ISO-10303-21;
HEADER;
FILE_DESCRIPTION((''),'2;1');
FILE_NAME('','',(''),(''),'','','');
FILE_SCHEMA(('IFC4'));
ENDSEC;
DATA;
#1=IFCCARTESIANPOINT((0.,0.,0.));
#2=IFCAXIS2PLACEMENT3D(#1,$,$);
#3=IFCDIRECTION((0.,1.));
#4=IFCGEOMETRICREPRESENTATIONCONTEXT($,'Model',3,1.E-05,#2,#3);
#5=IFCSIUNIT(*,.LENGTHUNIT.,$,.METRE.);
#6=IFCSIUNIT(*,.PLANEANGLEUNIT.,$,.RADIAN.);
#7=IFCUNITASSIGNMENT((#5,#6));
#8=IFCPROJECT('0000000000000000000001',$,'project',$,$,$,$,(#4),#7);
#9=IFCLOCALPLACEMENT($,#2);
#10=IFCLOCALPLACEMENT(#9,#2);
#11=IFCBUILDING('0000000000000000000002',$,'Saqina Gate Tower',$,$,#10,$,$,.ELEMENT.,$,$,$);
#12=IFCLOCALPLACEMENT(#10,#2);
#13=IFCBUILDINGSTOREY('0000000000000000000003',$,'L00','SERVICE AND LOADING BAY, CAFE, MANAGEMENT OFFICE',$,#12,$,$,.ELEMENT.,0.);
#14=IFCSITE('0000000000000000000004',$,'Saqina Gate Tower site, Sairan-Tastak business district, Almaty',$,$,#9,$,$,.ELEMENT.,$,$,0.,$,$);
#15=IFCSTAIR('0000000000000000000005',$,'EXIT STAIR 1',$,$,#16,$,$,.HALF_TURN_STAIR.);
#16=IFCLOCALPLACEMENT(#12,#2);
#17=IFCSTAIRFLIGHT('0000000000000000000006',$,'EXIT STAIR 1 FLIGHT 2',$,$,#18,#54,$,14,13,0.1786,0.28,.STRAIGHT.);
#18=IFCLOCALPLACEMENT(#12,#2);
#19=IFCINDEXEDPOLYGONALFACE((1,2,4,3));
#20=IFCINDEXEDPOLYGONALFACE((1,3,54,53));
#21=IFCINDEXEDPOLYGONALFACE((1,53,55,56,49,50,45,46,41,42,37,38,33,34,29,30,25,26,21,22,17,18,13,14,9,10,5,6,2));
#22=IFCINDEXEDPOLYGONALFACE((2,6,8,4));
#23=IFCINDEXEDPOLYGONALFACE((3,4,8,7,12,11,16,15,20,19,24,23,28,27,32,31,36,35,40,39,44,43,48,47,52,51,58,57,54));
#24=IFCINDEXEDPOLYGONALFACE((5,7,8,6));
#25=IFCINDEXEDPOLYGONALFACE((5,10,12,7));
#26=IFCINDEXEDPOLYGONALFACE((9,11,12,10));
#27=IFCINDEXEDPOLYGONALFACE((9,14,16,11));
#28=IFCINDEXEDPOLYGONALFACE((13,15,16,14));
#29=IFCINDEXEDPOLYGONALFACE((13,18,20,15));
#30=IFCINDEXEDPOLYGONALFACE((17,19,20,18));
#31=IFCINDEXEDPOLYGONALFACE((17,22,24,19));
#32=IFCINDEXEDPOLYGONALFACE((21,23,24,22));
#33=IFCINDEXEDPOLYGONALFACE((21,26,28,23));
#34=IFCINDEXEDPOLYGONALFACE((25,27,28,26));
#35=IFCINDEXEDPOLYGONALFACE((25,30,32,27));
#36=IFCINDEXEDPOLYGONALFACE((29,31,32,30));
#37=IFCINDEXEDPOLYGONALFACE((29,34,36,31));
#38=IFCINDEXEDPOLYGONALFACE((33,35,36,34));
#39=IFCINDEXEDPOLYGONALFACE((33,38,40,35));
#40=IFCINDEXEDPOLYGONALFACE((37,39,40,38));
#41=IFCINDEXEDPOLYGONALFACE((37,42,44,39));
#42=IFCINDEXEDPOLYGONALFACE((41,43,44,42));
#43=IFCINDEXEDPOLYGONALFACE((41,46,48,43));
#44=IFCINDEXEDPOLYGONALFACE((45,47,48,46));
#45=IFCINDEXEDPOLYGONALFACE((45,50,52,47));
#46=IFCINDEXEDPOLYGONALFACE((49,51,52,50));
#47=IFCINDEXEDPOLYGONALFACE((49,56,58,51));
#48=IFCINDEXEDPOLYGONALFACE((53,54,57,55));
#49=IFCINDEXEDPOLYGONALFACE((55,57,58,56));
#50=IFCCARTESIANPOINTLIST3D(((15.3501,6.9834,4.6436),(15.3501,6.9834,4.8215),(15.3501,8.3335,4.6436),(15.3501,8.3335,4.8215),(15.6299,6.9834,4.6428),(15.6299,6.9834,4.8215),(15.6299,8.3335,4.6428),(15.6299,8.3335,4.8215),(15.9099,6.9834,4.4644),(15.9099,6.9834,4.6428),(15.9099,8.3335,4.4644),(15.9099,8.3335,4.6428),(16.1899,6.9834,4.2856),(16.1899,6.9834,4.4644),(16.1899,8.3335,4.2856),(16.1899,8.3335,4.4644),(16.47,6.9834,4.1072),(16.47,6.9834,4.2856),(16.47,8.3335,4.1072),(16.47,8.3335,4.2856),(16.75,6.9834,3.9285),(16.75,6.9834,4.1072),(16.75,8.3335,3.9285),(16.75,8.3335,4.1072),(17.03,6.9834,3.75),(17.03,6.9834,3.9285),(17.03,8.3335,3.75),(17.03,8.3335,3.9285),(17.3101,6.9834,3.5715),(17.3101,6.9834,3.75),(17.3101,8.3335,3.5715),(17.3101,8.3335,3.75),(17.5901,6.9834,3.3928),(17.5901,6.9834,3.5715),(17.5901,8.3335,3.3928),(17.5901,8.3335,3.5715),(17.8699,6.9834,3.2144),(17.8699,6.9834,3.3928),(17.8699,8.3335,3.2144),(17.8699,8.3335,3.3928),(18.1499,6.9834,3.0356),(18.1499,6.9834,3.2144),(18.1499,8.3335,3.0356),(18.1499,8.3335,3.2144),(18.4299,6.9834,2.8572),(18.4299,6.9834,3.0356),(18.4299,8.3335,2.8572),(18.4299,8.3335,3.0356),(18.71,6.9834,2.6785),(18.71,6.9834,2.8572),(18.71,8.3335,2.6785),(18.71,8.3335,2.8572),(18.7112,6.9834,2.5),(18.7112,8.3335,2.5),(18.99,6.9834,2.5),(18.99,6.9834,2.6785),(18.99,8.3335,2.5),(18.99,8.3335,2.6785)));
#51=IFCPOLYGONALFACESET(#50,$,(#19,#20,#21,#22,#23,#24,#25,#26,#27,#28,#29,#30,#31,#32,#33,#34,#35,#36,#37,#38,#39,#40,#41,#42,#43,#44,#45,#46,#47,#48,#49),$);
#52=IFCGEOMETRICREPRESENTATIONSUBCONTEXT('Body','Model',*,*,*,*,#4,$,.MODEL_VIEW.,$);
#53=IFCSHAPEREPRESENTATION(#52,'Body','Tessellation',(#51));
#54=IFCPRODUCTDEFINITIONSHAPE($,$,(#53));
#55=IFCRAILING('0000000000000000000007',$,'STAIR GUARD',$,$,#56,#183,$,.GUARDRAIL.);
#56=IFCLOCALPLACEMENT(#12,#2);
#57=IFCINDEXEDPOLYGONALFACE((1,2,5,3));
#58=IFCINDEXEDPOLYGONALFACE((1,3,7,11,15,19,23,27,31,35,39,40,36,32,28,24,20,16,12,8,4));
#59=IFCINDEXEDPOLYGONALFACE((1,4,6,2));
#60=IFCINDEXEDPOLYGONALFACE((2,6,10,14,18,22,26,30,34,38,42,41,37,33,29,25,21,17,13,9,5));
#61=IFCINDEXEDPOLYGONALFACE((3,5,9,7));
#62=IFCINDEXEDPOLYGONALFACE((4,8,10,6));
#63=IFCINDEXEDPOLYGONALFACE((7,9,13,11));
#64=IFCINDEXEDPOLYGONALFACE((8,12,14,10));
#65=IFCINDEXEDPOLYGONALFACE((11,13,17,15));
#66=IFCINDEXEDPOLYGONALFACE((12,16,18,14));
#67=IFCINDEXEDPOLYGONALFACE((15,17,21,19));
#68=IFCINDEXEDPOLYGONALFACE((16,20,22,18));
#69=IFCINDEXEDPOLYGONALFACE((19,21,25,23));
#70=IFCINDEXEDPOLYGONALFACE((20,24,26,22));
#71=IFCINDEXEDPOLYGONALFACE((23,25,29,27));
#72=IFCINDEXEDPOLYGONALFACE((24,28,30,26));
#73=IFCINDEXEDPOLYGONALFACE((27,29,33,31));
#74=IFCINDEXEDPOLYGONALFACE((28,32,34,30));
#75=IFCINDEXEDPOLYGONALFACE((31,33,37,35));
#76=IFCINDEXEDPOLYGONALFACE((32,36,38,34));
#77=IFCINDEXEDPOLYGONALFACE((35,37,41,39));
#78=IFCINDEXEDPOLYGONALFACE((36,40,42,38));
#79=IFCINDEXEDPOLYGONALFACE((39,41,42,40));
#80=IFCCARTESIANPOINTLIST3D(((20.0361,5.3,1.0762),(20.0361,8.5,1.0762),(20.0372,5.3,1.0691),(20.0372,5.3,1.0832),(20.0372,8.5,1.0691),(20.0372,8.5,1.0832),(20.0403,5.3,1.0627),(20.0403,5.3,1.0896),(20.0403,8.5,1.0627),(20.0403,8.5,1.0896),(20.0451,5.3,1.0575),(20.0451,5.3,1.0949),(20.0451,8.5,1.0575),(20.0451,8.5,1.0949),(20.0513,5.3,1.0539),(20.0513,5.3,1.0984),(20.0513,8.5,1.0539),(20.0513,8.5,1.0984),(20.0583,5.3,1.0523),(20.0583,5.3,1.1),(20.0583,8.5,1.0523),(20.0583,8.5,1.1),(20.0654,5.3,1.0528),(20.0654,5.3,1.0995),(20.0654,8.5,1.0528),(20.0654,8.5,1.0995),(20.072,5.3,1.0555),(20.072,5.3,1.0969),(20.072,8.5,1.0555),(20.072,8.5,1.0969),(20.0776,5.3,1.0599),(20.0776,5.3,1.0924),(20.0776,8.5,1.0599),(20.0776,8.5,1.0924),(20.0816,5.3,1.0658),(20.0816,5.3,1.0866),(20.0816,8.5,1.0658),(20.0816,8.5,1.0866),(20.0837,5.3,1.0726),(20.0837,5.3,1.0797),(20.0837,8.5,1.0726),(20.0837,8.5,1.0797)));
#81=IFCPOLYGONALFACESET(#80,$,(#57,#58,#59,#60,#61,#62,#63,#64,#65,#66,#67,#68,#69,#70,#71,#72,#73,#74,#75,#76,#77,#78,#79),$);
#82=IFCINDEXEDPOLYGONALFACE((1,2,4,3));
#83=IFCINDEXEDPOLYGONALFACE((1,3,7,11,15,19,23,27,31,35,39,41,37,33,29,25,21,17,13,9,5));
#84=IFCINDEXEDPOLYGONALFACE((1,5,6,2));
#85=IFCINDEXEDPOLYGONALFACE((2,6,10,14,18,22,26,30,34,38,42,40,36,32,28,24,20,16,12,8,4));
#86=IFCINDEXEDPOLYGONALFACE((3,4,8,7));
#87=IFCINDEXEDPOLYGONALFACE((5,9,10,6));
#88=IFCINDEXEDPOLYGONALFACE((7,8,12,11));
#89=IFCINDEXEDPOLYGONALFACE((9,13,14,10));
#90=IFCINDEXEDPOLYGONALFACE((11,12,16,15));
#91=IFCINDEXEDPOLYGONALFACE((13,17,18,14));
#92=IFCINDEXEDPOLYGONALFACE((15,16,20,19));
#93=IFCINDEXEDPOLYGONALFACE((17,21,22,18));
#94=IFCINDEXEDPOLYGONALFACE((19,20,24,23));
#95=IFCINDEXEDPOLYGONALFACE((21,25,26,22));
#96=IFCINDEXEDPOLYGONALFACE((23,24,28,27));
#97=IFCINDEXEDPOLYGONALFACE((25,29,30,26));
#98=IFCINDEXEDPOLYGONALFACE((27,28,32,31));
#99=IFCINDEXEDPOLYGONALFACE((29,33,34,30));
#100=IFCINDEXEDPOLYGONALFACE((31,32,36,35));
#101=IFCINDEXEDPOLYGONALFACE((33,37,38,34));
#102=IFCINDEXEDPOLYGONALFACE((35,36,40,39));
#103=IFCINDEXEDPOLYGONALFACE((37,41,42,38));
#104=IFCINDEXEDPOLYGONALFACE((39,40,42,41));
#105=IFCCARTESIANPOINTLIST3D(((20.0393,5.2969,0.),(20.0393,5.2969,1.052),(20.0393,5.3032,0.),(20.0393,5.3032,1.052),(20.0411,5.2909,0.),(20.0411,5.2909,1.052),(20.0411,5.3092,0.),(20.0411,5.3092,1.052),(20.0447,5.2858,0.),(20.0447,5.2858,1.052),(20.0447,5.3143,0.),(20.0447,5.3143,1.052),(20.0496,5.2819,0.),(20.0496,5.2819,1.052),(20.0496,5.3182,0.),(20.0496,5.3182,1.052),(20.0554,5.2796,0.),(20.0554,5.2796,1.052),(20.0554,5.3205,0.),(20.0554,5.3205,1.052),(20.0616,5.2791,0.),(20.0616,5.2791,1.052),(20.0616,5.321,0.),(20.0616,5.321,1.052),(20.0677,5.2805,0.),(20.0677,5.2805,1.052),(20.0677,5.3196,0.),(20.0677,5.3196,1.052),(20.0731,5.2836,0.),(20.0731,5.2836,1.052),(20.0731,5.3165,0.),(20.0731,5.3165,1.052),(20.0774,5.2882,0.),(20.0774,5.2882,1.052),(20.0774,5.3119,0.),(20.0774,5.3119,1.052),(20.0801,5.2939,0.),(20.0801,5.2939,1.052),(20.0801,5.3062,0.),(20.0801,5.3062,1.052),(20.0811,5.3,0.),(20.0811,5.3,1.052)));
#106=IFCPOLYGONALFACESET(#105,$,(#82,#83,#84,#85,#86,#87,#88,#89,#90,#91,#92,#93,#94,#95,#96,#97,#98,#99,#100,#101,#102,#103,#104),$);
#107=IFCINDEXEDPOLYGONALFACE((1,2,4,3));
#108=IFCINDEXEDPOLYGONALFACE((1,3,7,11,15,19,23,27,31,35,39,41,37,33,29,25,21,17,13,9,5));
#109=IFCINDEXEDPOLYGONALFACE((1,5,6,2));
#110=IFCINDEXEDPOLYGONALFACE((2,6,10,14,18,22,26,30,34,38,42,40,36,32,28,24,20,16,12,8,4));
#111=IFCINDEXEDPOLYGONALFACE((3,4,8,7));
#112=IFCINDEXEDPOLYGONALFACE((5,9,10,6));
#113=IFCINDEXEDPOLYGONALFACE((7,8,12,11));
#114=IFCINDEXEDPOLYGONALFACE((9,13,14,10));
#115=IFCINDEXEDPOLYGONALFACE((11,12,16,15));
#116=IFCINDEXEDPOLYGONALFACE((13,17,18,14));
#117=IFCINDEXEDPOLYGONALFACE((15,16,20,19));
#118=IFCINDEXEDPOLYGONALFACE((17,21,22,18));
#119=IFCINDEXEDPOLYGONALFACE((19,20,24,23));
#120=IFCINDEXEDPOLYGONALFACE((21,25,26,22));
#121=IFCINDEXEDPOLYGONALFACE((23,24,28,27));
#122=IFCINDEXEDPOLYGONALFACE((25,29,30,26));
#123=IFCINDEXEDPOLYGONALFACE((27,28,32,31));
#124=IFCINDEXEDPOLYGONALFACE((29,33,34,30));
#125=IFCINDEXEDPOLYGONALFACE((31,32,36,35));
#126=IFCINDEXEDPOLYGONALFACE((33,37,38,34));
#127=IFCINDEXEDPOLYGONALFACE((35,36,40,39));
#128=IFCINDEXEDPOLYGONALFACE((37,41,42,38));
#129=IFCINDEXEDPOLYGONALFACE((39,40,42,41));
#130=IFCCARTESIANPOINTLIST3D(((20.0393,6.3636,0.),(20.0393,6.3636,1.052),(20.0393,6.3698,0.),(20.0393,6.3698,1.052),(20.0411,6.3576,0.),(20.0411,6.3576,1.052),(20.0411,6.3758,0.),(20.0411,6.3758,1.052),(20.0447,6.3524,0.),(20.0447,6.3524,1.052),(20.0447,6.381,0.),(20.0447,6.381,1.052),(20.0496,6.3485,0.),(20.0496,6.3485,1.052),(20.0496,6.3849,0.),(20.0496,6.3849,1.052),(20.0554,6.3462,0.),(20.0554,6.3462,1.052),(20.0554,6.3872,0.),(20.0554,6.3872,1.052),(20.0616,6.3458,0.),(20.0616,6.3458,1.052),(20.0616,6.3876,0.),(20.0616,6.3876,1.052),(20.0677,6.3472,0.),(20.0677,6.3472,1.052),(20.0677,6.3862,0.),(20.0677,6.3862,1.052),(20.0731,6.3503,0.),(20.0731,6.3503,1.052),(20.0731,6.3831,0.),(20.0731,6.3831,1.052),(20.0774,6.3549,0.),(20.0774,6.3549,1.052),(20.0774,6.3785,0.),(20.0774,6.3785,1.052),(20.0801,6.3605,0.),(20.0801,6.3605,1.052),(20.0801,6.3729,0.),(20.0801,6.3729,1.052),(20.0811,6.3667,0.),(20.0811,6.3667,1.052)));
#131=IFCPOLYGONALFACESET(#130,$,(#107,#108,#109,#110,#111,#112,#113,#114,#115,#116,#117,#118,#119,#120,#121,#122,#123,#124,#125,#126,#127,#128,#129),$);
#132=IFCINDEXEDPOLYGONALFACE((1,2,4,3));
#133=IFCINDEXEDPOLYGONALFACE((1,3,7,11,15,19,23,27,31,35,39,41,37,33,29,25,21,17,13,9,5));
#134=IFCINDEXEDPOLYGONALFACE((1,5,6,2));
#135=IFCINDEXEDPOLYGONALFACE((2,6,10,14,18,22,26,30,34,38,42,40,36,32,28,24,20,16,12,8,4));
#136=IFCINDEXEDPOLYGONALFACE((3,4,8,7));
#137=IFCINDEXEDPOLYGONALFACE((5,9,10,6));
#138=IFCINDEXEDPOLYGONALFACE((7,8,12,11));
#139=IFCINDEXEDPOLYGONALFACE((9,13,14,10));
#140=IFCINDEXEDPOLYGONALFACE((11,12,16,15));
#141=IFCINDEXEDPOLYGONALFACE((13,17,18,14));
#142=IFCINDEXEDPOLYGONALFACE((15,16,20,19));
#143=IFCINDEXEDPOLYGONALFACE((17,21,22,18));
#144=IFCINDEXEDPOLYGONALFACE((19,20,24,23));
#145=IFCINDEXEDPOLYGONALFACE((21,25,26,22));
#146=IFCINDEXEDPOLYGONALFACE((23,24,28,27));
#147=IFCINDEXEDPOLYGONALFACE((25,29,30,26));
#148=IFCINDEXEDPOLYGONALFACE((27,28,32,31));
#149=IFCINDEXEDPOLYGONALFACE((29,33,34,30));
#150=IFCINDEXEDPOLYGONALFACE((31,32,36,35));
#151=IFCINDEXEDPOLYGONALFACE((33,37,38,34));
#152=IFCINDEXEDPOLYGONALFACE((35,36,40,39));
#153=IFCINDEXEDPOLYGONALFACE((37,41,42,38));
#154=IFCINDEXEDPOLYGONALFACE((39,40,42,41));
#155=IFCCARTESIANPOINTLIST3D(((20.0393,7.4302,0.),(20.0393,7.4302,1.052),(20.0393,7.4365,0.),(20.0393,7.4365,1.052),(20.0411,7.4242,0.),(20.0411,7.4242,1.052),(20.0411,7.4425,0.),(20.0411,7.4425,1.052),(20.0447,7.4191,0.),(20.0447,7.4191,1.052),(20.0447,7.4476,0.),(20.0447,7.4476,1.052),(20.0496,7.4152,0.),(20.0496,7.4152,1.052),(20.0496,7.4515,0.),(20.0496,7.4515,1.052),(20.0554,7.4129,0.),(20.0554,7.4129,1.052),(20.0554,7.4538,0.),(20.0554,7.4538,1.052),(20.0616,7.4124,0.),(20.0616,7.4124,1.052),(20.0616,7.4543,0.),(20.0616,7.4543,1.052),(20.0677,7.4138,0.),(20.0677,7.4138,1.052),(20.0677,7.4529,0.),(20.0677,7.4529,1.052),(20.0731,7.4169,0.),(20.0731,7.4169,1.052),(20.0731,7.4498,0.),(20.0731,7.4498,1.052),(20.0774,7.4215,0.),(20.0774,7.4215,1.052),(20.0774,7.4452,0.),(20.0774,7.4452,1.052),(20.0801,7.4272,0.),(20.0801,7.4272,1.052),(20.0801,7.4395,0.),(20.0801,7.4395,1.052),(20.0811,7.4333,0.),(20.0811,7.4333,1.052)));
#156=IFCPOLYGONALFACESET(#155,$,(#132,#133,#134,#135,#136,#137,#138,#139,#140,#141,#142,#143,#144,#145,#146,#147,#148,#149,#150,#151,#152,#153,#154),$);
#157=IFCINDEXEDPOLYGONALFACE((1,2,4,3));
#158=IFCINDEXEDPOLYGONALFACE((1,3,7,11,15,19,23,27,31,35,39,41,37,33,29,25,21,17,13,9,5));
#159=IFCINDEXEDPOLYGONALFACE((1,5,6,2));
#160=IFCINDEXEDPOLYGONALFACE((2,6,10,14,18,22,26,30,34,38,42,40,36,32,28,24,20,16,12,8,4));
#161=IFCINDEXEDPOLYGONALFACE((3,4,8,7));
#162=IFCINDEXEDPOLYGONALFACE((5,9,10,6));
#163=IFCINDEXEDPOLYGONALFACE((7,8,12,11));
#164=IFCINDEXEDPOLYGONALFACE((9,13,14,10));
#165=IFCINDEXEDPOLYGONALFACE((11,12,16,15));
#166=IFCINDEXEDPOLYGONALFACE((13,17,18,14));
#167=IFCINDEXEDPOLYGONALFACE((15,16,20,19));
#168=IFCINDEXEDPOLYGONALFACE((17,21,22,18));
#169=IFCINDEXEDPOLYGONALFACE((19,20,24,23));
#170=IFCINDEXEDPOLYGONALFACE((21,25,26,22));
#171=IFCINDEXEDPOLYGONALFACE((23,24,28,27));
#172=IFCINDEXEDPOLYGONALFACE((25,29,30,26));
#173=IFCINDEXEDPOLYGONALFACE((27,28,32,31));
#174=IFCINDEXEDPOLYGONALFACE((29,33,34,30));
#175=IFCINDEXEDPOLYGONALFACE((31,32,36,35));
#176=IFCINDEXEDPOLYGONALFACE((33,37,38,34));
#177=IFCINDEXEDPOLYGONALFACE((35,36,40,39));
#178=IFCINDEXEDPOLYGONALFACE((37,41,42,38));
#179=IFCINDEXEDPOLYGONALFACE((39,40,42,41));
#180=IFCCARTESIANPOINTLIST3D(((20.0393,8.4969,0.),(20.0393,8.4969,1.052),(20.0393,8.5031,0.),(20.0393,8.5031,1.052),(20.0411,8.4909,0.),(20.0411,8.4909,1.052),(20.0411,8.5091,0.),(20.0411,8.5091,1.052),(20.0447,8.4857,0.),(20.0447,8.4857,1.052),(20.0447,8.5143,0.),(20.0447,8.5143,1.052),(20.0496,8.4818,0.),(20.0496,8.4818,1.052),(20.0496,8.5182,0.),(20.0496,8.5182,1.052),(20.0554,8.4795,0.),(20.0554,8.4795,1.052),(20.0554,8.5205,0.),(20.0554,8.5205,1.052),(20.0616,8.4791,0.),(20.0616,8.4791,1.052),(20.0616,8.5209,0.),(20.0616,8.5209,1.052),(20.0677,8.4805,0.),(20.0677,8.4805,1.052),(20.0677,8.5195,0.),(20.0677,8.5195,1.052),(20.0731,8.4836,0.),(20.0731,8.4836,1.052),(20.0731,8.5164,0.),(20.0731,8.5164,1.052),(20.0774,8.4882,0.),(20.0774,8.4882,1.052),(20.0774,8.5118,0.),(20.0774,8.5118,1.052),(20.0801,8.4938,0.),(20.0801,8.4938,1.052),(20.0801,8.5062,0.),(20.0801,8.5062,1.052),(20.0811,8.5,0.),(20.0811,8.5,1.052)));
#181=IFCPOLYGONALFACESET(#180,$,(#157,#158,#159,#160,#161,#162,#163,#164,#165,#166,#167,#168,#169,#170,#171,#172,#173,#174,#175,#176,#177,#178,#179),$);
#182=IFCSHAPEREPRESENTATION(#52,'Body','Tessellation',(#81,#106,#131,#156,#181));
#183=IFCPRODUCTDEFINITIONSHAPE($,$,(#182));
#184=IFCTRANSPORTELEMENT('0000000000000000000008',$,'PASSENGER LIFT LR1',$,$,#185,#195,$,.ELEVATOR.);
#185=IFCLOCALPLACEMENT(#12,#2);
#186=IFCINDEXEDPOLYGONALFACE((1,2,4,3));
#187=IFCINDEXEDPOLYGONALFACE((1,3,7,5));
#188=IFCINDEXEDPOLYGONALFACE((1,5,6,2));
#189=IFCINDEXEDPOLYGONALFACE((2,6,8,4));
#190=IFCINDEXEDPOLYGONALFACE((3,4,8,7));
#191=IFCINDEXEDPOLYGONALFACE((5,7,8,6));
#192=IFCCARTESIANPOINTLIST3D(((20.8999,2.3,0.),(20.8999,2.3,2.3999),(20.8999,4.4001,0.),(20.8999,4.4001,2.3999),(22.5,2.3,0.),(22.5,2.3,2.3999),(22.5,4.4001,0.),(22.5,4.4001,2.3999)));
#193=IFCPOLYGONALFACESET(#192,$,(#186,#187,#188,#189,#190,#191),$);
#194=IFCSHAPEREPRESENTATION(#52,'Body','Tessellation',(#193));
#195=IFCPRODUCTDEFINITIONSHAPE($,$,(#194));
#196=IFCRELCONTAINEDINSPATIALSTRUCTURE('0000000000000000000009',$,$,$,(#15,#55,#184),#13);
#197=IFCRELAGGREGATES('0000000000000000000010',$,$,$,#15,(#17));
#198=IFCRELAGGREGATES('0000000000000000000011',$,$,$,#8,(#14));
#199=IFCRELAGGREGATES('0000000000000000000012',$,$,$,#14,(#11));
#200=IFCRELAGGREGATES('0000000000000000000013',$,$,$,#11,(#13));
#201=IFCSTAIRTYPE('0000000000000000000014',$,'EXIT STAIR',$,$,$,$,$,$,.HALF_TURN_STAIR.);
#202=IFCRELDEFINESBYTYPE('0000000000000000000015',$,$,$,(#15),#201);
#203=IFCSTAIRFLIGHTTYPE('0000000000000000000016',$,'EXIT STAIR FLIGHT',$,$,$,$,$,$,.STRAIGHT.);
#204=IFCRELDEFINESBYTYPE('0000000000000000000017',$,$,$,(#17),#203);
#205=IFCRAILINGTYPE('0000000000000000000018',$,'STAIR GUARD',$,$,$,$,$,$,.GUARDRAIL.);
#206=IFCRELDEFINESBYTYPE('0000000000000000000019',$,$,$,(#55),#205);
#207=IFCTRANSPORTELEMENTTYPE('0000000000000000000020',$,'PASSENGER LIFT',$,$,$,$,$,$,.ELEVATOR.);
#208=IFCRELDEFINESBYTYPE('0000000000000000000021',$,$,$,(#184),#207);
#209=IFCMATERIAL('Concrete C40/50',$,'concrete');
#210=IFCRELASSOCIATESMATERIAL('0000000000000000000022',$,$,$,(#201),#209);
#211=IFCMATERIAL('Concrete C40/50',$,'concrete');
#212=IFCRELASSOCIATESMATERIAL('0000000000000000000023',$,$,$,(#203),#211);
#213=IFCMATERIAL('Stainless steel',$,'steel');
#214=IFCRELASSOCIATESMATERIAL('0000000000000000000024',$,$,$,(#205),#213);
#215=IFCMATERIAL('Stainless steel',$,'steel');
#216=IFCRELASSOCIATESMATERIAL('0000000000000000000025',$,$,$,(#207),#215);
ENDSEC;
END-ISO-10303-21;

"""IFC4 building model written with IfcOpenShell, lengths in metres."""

from ifc_helpers import new_model, si_unit, direction, frame, origin, origin_2d, place, context, subcontext, project, spatial, polyline, rectangle, circle, outline, extrude, material, type_object, element, aggregate, save


model = new_model("IFC4")

# Units and contexts
model_context = context("Model", 3, precision=1e-05, world=origin(), true_north=direction((0.0, 1.0)))
body_context = subcontext(model_context, "Body", "Model", "MODEL_VIEW")
ifc_project = project(units=[si_unit("LENGTHUNIT", "METRE"), si_unit("PLANEANGLEUNIT", "RADIAN")], contexts=[model_context])

# Site, building, storey
site_placement = place(None, origin())
site = spatial("IfcSite", under=ifc_project, at=site_placement, Name="Saqina Gate Tower site, Sairan-Tastak business district, Almaty", CompositionType="ELEMENT", RefElevation=0.0)
building_placement = place(site_placement, origin())
building = spatial("IfcBuilding", under=site, at=building_placement, Name="Saqina Gate Tower", CompositionType="ELEMENT")
storey_placement = place(building_placement, origin())
storey = spatial("IfcBuildingStorey", under=building, at=storey_placement, Name="L00", Description="SERVICE AND LOADING BAY, CAFE, MANAGEMENT OFFICE", CompositionType="ELEMENT", Elevation=0.0)

# Stair, stair flight
ifc_material_1 = material(Name="Concrete C40/50", Category="concrete")
stair_type = type_object("IfcStairType", Name="EXIT STAIR", PredefinedType="HALF_TURN_STAIR", material=ifc_material_1)
stair_placement = place(storey_placement, origin())
stair = element("IfcStair", 1, at=stair_placement, inside=storey, type_object=stair_type, Name="EXIT STAIR 1", PredefinedType="HALF_TURN_STAIR")
ifc_material_2 = material(Name="Concrete C40/50", Category="concrete")
stair_flight_type = type_object("IfcStairFlightType", Name="EXIT STAIR FLIGHT", PredefinedType="STRAIGHT", material=ifc_material_2)
stair_flight_placement = place(storey_placement, frame((18.99, 7.6584, 2.5), z_axis=(0.0, 0.0, 1.0), x_axis=(-1.0, 0.0, 0.0)))
stair_flight = element("IfcStairFlight", 2, at=stair_flight_placement, type_object=stair_flight_type, Name="EXIT STAIR 1 FLIGHT 2", NumberOfRisers=14, NumberOfTreads=13, PredefinedType="STRAIGHT", RiserHeight=0.1786, TreadLength=0.28, context=body_context, shape_type="SweptSolid", body=[
    extrude(outline(polyline([(0.0, 0.0), (0.0, 0.1785), (0.28, 0.1785), (0.28, 0.3572), (0.5601, 0.3572), (0.5601, 0.5356), (0.8401, 0.5356), (0.8401, 0.7144), (1.1201, 0.7144), (1.1201, 0.8928), (1.3999, 0.8928), (1.3999, 1.0715), (1.6799, 1.0715), (1.6799, 1.25), (1.96, 1.25), (1.96, 1.4285), (2.24, 1.4285), (2.24, 1.6072), (2.52, 1.6072), (2.52, 1.7856), (2.8, 1.7856), (2.8, 1.9644), (3.0801, 1.9644), (3.0801, 2.1428), (3.3601, 2.1428), (3.3601, 2.3215), (3.6399, 2.3215), (3.6399, 2.5), (3.6399, 2.1436), (0.2788, 0.0), (0.0, 0.0)])), frame((0.0, 0.675, 0.0), z_axis=(0.0, -1.0, 0.0), x_axis=(1.0, 0.0, 0.0)), (0.0, 0.0, 1.0), 1.3501),
])
aggregate(stair, [stair_flight])

# Railing
ifc_material_3 = material(Name="Stainless steel", Category="steel")
railing_type_1 = type_object("IfcRailingType", Name="STAIR GUARD", PredefinedType="GUARDRAIL", material=ifc_material_3)
railing_1_placement = place(storey_placement, frame((20.0601, 5.3, 0.0)))
element("IfcRailing", 3, at=railing_1_placement, inside=storey, type_object=railing_type_1, Name="STAIR GUARD", PredefinedType="GUARDRAIL", context=body_context, shape_type="SweptSolid", body=[
    extrude(circle(Radius=0.0239, at=origin_2d()), frame((0.0, 0.0, 1.0762), z_axis=(0.0, 1.0, 0.0), x_axis=(-1.0, 0.0, 0.0)), (0.0, 0.0, 1.0), 3.2),
    extrude(circle(Radius=0.021, at=origin_2d()), origin(), (0.0, 0.0, 1.0), 1.052),
    extrude(circle(Radius=0.021, at=origin_2d()), frame((0.0, 1.0667, 0.0)), (0.0, 0.0, 1.0), 1.052),
    extrude(circle(Radius=0.021, at=origin_2d()), frame((0.0, 2.1333, 0.0)), (0.0, 0.0, 1.0), 1.052),
    extrude(circle(Radius=0.021, at=origin_2d()), frame((0.0, 3.2, 0.0)), (0.0, 0.0, 1.0), 1.052),
])

# Transport element
ifc_material_4 = material(Name="Stainless steel", Category="steel")
transport_element_type = type_object("IfcTransportElementType", Name="PASSENGER LIFT", PredefinedType="ELEVATOR", material=ifc_material_4)
transport_element_placement = place(storey_placement, frame((21.7, 3.3501, 0.0), z_axis=(0.0, 0.0, 1.0), x_axis=(1.0, 0.0, 0.0)))
element("IfcTransportElement", 4, at=transport_element_placement, inside=storey, type_object=transport_element_type, Name="PASSENGER LIFT LR1", PredefinedType="ELEVATOR", context=body_context, shape_type="SweptSolid", body=[
    extrude(rectangle(XDim=1.6001, YDim=2.1001, at=origin_2d()), origin(), (0.0, 0.0, 1.0), 2.3999),
])

save(model, "model.ifc")
